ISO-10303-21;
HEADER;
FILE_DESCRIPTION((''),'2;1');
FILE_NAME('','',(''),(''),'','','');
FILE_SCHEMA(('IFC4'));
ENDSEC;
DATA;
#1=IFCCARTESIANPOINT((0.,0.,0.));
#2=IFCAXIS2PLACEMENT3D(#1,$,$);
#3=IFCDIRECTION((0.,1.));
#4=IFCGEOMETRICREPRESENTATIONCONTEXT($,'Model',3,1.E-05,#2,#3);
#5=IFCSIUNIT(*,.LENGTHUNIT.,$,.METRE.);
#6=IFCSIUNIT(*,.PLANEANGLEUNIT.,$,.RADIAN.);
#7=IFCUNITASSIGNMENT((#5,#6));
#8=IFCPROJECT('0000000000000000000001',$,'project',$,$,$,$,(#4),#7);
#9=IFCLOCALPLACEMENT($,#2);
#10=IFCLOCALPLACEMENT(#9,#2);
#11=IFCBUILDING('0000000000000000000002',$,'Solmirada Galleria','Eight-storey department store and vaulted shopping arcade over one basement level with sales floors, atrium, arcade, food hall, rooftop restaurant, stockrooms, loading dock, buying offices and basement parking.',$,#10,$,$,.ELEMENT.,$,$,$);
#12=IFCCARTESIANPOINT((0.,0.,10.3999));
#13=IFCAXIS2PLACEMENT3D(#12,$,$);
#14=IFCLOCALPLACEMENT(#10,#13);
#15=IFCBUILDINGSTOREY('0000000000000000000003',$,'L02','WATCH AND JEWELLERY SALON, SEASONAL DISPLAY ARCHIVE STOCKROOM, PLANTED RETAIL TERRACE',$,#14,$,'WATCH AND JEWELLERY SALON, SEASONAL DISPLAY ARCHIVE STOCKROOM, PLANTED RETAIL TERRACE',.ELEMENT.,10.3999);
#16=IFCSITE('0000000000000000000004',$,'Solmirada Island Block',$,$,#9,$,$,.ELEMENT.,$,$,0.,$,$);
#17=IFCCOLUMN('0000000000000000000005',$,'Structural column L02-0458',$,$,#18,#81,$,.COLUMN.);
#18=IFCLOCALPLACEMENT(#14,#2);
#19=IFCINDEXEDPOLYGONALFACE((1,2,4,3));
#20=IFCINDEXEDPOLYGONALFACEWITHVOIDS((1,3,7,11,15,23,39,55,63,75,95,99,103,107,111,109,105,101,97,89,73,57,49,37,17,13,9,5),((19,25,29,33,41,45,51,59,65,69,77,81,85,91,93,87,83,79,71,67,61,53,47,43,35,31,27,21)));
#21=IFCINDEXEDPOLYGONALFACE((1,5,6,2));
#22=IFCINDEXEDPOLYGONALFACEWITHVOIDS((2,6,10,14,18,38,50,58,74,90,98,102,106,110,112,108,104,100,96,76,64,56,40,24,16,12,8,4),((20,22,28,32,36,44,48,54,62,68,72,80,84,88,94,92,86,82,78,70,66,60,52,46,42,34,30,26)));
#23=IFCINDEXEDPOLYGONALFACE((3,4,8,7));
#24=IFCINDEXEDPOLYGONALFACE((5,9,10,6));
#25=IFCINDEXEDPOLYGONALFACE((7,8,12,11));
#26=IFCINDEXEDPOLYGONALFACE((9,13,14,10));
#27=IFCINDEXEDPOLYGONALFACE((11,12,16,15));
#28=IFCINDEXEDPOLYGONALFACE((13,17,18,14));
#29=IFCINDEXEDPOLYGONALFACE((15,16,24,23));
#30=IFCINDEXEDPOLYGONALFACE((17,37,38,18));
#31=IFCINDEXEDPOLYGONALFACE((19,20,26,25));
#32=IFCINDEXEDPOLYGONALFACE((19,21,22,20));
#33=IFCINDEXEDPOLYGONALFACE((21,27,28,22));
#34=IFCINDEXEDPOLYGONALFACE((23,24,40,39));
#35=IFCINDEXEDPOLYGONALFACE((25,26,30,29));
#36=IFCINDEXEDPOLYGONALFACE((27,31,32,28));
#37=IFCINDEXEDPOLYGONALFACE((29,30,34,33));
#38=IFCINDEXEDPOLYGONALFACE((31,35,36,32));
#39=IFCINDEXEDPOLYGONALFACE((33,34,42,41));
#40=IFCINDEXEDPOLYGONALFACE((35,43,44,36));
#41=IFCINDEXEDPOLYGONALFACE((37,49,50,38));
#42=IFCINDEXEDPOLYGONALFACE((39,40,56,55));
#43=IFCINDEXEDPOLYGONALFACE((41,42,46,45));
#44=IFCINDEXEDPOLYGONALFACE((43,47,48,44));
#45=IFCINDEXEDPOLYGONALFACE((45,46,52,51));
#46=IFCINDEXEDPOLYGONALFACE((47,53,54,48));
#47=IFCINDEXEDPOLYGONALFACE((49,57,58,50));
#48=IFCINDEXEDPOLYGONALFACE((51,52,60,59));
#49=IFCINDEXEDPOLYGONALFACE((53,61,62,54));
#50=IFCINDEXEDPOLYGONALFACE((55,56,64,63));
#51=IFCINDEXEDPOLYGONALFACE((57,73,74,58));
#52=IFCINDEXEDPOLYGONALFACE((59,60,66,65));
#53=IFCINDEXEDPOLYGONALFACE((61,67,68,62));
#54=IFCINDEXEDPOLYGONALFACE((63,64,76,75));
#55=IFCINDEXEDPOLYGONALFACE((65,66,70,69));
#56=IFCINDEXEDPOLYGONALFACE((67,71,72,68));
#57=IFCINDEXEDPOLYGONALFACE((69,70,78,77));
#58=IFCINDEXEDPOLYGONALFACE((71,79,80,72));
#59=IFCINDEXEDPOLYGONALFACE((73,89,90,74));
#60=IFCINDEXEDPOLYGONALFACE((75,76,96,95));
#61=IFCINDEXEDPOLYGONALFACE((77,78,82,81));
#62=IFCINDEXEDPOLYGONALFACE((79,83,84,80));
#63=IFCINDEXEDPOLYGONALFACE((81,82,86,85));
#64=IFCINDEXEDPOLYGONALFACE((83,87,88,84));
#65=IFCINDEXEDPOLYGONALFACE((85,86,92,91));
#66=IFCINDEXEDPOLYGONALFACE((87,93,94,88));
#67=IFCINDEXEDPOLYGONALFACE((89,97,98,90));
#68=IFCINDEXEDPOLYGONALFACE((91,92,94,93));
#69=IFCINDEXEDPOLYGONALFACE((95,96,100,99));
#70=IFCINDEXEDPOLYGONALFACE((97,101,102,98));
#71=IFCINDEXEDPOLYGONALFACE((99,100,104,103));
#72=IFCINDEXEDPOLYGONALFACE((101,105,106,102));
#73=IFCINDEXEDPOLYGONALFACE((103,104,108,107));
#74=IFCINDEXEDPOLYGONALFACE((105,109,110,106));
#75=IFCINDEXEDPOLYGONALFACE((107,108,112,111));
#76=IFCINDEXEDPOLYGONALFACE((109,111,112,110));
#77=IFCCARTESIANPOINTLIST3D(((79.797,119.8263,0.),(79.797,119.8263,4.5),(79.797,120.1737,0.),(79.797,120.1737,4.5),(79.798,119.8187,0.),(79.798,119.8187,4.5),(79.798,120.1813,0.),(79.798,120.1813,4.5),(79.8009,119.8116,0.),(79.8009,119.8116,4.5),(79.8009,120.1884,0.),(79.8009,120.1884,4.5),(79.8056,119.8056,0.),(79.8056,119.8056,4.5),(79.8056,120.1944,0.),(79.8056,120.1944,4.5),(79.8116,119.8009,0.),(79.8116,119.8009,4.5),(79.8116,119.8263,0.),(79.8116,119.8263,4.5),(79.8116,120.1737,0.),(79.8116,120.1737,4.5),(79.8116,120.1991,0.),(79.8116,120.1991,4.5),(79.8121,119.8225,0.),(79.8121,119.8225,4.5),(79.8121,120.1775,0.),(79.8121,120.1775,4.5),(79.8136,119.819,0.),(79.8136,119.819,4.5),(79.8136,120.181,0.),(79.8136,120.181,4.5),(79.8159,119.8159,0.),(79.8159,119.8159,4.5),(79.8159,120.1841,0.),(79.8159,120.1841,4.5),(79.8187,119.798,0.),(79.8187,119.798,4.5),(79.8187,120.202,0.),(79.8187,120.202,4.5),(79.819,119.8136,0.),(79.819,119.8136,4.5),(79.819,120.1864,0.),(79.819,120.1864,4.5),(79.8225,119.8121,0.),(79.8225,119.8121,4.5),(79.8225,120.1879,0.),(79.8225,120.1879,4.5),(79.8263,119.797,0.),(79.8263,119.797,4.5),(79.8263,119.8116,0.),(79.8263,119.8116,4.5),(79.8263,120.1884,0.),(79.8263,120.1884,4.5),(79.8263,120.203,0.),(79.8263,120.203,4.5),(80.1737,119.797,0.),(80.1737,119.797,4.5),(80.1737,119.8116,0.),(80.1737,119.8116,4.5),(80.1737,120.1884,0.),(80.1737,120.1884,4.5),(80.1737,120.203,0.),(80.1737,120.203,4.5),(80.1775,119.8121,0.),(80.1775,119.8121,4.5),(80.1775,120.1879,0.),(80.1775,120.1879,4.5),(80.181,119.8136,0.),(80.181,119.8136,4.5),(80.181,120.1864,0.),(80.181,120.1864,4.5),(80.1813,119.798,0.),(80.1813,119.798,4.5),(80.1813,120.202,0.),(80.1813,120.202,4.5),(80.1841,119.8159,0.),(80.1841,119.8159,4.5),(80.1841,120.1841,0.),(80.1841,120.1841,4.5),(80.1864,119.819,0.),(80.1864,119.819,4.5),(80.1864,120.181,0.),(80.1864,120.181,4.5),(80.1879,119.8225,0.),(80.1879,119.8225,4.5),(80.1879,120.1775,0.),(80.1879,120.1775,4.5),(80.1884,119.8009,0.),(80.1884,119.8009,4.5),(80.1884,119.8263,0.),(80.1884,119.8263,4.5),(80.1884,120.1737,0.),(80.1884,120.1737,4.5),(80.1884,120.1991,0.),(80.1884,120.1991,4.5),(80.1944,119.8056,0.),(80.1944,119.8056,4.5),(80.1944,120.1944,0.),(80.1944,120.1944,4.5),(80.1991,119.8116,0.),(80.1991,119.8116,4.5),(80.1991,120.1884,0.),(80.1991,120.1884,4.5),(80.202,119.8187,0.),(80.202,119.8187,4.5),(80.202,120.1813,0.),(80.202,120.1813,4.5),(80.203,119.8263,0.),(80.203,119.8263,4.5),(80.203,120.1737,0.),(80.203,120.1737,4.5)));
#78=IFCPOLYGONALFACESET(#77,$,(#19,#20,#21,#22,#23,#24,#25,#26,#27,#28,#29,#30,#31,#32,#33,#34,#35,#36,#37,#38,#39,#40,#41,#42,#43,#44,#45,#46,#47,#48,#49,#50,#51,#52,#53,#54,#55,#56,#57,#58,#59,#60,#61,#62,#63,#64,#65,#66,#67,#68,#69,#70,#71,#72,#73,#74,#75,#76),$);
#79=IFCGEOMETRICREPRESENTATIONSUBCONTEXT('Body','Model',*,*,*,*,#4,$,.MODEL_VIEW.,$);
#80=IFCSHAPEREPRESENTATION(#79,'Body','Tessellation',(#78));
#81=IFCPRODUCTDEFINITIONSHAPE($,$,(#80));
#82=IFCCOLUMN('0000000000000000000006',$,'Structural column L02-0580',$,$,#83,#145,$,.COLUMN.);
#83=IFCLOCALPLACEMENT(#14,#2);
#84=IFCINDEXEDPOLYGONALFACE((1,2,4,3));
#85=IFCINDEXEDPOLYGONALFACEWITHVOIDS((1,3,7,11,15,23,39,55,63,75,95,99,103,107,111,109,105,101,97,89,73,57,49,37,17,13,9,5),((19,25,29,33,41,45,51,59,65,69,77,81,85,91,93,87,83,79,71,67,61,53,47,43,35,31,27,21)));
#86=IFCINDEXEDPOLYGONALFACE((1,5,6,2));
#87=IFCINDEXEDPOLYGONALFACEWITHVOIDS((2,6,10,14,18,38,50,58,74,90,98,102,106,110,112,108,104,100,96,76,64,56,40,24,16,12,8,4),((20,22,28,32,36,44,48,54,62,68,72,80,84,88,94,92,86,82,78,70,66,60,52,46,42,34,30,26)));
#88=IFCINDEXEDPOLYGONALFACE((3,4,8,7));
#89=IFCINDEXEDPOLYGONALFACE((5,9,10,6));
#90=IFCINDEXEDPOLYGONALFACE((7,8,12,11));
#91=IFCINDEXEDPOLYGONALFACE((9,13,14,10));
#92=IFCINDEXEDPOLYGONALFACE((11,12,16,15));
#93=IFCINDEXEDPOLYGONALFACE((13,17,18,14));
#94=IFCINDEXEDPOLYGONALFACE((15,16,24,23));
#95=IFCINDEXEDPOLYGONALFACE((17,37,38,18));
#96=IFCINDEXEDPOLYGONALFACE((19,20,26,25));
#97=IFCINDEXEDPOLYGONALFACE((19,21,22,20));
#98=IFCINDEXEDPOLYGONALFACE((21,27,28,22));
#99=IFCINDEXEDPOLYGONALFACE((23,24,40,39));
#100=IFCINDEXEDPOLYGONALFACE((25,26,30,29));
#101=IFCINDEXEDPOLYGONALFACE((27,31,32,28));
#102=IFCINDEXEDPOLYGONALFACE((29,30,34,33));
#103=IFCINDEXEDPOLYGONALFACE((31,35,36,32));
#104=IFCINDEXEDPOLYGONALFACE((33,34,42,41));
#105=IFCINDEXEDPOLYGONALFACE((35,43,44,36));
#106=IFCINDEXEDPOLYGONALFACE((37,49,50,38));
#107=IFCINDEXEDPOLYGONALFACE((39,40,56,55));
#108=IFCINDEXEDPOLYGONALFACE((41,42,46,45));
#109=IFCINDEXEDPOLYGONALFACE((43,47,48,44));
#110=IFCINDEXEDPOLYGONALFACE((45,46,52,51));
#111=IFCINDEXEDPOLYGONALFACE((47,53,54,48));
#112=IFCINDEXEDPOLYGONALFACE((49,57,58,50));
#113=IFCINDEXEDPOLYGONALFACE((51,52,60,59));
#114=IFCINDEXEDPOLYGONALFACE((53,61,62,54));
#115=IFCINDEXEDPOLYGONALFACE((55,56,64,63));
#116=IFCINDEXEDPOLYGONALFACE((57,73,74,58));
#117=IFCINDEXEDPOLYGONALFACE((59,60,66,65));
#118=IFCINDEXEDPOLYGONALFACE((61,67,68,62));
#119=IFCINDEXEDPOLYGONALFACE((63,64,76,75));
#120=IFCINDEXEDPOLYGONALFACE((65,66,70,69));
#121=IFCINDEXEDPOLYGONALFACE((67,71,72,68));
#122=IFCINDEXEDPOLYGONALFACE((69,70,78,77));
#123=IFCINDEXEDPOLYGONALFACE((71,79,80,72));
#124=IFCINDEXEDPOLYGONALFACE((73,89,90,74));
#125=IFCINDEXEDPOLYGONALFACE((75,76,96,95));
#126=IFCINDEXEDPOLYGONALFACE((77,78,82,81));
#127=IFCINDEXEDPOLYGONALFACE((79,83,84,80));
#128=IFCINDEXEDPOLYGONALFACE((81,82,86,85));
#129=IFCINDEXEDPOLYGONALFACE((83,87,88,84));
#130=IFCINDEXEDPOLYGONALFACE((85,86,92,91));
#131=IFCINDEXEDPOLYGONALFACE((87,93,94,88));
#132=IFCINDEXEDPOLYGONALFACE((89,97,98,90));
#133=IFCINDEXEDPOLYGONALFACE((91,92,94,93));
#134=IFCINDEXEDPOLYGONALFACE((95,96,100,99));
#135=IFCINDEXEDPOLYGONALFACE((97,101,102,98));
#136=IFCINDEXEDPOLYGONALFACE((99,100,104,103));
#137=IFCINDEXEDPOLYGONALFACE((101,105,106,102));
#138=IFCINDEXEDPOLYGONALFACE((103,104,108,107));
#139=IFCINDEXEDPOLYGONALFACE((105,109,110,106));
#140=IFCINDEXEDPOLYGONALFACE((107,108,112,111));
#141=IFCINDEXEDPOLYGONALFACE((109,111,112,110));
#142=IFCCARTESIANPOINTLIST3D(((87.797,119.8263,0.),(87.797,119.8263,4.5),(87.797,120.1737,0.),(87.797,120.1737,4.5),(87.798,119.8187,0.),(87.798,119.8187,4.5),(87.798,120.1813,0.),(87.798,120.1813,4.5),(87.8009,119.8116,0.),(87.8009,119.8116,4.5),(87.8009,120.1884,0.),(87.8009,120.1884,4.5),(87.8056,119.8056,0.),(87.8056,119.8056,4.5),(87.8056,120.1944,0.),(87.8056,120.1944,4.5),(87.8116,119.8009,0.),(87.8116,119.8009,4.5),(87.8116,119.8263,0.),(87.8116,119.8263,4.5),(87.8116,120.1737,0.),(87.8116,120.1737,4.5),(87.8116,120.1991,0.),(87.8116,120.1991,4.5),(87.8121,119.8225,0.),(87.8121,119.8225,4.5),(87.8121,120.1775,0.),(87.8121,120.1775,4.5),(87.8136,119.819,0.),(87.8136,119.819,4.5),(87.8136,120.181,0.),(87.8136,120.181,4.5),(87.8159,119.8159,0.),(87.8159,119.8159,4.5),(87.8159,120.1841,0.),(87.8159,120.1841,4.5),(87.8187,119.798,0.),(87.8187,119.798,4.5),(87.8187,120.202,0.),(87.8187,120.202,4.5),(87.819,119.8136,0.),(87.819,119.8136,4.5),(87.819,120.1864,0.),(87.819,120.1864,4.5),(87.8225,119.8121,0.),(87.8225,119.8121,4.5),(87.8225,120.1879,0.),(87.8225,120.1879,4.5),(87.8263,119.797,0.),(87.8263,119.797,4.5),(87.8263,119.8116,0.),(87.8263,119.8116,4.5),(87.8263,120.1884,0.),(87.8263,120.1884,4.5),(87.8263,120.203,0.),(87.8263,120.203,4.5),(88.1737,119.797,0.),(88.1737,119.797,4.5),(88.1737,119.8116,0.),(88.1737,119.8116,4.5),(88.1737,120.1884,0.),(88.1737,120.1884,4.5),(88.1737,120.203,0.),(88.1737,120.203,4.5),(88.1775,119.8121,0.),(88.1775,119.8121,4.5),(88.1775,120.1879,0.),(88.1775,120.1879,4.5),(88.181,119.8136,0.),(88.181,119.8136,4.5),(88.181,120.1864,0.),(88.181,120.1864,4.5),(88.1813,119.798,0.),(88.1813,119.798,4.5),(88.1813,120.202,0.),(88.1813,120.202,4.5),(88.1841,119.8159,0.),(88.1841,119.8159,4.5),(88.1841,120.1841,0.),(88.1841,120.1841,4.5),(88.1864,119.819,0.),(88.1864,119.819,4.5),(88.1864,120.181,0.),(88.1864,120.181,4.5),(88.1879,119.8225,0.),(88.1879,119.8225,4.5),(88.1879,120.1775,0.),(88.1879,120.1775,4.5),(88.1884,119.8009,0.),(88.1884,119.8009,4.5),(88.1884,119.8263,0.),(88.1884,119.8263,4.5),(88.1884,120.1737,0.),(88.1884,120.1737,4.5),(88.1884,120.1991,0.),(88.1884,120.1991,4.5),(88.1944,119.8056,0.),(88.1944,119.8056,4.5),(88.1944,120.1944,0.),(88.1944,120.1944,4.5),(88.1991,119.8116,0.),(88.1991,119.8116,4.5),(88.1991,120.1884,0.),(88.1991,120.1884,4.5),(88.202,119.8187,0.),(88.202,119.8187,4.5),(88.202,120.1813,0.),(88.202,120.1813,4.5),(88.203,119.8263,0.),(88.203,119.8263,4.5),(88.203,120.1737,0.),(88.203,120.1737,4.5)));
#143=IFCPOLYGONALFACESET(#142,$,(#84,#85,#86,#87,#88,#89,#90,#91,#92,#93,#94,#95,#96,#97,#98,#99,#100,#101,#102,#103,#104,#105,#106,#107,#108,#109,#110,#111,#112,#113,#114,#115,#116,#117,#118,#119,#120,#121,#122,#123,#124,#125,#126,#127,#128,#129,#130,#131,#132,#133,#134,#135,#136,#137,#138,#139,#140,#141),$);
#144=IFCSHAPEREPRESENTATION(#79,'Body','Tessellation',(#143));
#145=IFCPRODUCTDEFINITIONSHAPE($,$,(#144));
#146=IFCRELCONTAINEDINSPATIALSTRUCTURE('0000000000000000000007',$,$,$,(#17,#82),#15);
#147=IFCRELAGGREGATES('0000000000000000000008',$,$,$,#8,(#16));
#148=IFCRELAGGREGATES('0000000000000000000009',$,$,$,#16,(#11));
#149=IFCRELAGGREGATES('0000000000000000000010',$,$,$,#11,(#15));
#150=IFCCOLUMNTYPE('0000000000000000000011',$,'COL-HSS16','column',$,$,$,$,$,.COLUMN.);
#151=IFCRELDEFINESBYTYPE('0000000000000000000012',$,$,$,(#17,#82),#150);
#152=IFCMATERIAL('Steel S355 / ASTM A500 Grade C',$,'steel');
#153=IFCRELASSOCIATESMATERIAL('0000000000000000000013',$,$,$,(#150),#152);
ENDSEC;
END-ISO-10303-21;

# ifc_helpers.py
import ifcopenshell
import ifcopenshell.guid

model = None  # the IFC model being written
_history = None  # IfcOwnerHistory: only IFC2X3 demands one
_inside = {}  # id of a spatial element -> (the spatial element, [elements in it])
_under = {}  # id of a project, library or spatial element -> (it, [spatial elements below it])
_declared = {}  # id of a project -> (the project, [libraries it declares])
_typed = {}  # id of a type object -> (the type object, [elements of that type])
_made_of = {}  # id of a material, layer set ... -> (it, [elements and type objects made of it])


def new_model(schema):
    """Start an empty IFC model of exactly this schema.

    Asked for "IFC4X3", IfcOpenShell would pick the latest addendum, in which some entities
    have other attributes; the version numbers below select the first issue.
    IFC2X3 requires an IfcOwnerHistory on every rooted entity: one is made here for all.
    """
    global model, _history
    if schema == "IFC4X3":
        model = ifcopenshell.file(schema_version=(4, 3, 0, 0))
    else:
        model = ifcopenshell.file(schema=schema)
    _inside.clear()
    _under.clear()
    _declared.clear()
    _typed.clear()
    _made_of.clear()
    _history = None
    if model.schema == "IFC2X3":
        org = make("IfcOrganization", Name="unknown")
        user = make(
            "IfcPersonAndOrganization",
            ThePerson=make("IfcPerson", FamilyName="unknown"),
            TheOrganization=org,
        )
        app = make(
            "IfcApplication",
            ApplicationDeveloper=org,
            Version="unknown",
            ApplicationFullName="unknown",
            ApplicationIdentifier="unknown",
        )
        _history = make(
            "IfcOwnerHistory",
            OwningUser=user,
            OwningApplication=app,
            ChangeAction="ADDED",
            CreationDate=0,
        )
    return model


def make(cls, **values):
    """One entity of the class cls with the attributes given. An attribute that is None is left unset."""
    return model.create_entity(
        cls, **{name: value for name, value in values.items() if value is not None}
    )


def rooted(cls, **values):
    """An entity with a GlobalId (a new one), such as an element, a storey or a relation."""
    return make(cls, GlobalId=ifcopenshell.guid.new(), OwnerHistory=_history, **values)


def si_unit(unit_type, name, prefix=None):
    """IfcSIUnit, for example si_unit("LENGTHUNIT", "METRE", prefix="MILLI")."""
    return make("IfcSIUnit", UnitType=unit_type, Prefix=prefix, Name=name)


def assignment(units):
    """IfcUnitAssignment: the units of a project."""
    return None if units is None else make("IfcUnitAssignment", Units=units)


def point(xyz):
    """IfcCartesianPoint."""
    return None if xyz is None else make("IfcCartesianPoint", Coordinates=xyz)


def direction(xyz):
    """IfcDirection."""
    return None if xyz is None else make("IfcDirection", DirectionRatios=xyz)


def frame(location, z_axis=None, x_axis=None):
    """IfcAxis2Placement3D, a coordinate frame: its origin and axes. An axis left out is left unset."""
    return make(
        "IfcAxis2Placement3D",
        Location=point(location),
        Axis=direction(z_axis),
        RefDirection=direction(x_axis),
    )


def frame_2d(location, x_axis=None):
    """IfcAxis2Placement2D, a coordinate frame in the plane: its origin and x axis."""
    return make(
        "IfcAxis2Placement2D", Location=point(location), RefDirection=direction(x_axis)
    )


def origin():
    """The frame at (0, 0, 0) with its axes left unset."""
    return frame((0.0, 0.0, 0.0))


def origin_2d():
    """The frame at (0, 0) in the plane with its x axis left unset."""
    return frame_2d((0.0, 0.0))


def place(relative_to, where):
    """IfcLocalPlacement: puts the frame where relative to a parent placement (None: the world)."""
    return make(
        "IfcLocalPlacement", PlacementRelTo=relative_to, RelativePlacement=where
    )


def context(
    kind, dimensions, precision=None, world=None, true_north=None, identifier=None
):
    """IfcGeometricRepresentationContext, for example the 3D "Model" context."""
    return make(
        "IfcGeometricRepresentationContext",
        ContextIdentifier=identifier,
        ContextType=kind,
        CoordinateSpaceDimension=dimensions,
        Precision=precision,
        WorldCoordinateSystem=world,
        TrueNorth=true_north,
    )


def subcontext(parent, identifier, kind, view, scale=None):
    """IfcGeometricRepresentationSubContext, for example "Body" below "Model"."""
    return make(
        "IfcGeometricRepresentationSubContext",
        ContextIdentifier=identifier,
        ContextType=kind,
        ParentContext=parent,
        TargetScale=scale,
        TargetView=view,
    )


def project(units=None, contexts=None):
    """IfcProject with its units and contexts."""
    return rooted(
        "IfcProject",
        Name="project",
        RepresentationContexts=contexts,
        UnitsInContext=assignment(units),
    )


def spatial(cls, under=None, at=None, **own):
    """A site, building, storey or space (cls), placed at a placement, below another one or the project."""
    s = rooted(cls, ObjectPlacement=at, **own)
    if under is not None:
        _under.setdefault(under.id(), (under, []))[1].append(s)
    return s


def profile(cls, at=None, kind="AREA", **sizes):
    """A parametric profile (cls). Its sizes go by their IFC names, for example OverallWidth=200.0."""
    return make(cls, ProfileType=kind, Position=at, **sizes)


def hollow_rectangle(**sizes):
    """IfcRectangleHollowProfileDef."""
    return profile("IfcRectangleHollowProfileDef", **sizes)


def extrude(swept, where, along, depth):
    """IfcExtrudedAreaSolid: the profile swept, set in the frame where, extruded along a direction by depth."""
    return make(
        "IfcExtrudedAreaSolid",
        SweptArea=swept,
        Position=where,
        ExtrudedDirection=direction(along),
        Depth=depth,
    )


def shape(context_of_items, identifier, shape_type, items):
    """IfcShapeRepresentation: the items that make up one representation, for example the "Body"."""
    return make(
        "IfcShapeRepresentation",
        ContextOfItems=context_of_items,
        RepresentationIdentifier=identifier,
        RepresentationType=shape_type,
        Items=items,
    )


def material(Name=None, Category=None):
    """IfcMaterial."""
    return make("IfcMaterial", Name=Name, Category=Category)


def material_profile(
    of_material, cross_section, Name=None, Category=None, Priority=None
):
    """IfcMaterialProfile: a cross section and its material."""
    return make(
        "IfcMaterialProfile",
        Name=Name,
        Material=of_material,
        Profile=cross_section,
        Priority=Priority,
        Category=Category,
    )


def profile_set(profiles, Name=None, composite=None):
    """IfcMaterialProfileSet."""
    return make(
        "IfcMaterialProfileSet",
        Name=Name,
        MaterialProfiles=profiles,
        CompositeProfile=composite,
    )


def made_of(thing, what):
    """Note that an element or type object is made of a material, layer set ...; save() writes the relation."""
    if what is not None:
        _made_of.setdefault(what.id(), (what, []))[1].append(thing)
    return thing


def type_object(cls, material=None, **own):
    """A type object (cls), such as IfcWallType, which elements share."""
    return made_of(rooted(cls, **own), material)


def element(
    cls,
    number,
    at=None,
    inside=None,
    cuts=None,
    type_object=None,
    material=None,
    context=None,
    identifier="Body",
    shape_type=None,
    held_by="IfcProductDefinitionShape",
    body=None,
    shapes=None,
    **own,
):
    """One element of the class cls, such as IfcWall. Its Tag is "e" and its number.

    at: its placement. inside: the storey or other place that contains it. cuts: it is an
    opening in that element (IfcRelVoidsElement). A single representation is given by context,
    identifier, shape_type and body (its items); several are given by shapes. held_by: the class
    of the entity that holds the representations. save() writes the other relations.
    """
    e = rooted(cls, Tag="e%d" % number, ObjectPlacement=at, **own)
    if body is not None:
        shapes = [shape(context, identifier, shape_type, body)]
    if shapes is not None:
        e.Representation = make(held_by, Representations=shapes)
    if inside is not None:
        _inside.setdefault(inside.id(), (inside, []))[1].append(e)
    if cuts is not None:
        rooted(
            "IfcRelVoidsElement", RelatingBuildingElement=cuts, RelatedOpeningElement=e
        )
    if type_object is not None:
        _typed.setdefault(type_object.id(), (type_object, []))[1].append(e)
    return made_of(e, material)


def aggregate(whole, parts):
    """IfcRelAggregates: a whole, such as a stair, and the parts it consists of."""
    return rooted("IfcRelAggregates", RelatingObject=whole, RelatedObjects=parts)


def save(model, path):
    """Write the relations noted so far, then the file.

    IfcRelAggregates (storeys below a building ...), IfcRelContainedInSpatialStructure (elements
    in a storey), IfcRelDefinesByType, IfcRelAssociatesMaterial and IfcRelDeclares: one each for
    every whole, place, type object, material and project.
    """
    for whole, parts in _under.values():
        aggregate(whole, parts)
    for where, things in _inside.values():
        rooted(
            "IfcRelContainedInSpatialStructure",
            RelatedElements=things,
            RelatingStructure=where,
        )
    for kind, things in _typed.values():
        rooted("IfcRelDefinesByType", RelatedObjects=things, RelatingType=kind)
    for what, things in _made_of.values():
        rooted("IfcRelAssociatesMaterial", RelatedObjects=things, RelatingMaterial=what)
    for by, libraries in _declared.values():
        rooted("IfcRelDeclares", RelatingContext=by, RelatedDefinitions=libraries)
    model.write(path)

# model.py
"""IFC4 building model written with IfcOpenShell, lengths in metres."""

from ifc_helpers import new_model, si_unit, direction, frame, origin, origin_2d, place, context, subcontext, project, spatial, hollow_rectangle, extrude, material, material_profile, profile_set, type_object, element, save


model = new_model("IFC4")

# Units and contexts
model_context = context("Model", 3, precision=1e-05, world=origin(), true_north=direction((0.0, 1.0)))
body_context = subcontext(model_context, "Body", "Model", "MODEL_VIEW")
ifc_project = project(units=[si_unit("LENGTHUNIT", "METRE"), si_unit("PLANEANGLEUNIT", "RADIAN")], contexts=[model_context])

# Site, building, storey
site_placement = place(None, origin())
site = spatial("IfcSite", under=ifc_project, at=site_placement, Name="Solmirada Island Block", CompositionType="ELEMENT", RefElevation=0.0)
building_placement = place(site_placement, origin())
building = spatial("IfcBuilding", under=site, at=building_placement, Name="Solmirada Galleria", Description="Eight-storey department store and vaulted shopping arcade over one basement level with sales floors, atrium, arcade, food hall, rooftop restaurant, stockrooms, loading dock, buying offices and basement parking.", CompositionType="ELEMENT")
storey_placement = place(building_placement, frame((0.0, 0.0, 10.3999)))
storey = spatial("IfcBuildingStorey", under=building, at=storey_placement, Name="L02", Description="WATCH AND JEWELLERY SALON, SEASONAL DISPLAY ARCHIVE STOCKROOM, PLANTED RETAIL TERRACE", LongName="WATCH AND JEWELLERY SALON, SEASONAL DISPLAY ARCHIVE STOCKROOM, PLANTED RETAIL TERRACE", CompositionType="ELEMENT", Elevation=10.3999)

# Columns
ifc_material_1 = material(Name="Steel S355 / ASTM A500 Grade C", Category="steel")
ifc_material_profile_1 = material_profile(ifc_material_1, hollow_rectangle(XDim=0.406, YDim=0.406, WallThickness=0.0146, InnerFilletRadius=0.0146, OuterFilletRadius=0.0293, at=origin_2d()), Name="HSS16X16X5/8")
ifc_profile_set_1 = profile_set([ifc_material_profile_1], Name="Steel S355 / ASTM A500 Grade C")
column_type = type_object("IfcColumnType", Name="COL-HSS16", Description="column", PredefinedType="COLUMN", material=ifc_profile_set_1)
for number, where, z_axis, x_axis, name in (
    (1, (80.0, 120.0, 0.0), (0.0, 0.0, 1.0), (1.0, 0.0, 0.0), "Structural column L02-0458"),
    (2, (88.0, 120.0, 0.0), (0.0, 0.0, 1.0), (1.0, 0.0, 0.0), "Structural column L02-0580"),
):
    element("IfcColumn", number, at=place(storey_placement, frame(where, z_axis=z_axis, x_axis=x_axis)), inside=storey, type_object=column_type, Name=name, PredefinedType="COLUMN", context=body_context, shape_type="SweptSolid", body=[
        extrude(hollow_rectangle(XDim=0.406, YDim=0.406, WallThickness=0.0146, InnerFilletRadius=0.0146, OuterFilletRadius=0.0293, at=origin_2d()), origin(), (0.0, 0.0, 1.0), 4.5),
    ])

save(model, "model.ifc")
